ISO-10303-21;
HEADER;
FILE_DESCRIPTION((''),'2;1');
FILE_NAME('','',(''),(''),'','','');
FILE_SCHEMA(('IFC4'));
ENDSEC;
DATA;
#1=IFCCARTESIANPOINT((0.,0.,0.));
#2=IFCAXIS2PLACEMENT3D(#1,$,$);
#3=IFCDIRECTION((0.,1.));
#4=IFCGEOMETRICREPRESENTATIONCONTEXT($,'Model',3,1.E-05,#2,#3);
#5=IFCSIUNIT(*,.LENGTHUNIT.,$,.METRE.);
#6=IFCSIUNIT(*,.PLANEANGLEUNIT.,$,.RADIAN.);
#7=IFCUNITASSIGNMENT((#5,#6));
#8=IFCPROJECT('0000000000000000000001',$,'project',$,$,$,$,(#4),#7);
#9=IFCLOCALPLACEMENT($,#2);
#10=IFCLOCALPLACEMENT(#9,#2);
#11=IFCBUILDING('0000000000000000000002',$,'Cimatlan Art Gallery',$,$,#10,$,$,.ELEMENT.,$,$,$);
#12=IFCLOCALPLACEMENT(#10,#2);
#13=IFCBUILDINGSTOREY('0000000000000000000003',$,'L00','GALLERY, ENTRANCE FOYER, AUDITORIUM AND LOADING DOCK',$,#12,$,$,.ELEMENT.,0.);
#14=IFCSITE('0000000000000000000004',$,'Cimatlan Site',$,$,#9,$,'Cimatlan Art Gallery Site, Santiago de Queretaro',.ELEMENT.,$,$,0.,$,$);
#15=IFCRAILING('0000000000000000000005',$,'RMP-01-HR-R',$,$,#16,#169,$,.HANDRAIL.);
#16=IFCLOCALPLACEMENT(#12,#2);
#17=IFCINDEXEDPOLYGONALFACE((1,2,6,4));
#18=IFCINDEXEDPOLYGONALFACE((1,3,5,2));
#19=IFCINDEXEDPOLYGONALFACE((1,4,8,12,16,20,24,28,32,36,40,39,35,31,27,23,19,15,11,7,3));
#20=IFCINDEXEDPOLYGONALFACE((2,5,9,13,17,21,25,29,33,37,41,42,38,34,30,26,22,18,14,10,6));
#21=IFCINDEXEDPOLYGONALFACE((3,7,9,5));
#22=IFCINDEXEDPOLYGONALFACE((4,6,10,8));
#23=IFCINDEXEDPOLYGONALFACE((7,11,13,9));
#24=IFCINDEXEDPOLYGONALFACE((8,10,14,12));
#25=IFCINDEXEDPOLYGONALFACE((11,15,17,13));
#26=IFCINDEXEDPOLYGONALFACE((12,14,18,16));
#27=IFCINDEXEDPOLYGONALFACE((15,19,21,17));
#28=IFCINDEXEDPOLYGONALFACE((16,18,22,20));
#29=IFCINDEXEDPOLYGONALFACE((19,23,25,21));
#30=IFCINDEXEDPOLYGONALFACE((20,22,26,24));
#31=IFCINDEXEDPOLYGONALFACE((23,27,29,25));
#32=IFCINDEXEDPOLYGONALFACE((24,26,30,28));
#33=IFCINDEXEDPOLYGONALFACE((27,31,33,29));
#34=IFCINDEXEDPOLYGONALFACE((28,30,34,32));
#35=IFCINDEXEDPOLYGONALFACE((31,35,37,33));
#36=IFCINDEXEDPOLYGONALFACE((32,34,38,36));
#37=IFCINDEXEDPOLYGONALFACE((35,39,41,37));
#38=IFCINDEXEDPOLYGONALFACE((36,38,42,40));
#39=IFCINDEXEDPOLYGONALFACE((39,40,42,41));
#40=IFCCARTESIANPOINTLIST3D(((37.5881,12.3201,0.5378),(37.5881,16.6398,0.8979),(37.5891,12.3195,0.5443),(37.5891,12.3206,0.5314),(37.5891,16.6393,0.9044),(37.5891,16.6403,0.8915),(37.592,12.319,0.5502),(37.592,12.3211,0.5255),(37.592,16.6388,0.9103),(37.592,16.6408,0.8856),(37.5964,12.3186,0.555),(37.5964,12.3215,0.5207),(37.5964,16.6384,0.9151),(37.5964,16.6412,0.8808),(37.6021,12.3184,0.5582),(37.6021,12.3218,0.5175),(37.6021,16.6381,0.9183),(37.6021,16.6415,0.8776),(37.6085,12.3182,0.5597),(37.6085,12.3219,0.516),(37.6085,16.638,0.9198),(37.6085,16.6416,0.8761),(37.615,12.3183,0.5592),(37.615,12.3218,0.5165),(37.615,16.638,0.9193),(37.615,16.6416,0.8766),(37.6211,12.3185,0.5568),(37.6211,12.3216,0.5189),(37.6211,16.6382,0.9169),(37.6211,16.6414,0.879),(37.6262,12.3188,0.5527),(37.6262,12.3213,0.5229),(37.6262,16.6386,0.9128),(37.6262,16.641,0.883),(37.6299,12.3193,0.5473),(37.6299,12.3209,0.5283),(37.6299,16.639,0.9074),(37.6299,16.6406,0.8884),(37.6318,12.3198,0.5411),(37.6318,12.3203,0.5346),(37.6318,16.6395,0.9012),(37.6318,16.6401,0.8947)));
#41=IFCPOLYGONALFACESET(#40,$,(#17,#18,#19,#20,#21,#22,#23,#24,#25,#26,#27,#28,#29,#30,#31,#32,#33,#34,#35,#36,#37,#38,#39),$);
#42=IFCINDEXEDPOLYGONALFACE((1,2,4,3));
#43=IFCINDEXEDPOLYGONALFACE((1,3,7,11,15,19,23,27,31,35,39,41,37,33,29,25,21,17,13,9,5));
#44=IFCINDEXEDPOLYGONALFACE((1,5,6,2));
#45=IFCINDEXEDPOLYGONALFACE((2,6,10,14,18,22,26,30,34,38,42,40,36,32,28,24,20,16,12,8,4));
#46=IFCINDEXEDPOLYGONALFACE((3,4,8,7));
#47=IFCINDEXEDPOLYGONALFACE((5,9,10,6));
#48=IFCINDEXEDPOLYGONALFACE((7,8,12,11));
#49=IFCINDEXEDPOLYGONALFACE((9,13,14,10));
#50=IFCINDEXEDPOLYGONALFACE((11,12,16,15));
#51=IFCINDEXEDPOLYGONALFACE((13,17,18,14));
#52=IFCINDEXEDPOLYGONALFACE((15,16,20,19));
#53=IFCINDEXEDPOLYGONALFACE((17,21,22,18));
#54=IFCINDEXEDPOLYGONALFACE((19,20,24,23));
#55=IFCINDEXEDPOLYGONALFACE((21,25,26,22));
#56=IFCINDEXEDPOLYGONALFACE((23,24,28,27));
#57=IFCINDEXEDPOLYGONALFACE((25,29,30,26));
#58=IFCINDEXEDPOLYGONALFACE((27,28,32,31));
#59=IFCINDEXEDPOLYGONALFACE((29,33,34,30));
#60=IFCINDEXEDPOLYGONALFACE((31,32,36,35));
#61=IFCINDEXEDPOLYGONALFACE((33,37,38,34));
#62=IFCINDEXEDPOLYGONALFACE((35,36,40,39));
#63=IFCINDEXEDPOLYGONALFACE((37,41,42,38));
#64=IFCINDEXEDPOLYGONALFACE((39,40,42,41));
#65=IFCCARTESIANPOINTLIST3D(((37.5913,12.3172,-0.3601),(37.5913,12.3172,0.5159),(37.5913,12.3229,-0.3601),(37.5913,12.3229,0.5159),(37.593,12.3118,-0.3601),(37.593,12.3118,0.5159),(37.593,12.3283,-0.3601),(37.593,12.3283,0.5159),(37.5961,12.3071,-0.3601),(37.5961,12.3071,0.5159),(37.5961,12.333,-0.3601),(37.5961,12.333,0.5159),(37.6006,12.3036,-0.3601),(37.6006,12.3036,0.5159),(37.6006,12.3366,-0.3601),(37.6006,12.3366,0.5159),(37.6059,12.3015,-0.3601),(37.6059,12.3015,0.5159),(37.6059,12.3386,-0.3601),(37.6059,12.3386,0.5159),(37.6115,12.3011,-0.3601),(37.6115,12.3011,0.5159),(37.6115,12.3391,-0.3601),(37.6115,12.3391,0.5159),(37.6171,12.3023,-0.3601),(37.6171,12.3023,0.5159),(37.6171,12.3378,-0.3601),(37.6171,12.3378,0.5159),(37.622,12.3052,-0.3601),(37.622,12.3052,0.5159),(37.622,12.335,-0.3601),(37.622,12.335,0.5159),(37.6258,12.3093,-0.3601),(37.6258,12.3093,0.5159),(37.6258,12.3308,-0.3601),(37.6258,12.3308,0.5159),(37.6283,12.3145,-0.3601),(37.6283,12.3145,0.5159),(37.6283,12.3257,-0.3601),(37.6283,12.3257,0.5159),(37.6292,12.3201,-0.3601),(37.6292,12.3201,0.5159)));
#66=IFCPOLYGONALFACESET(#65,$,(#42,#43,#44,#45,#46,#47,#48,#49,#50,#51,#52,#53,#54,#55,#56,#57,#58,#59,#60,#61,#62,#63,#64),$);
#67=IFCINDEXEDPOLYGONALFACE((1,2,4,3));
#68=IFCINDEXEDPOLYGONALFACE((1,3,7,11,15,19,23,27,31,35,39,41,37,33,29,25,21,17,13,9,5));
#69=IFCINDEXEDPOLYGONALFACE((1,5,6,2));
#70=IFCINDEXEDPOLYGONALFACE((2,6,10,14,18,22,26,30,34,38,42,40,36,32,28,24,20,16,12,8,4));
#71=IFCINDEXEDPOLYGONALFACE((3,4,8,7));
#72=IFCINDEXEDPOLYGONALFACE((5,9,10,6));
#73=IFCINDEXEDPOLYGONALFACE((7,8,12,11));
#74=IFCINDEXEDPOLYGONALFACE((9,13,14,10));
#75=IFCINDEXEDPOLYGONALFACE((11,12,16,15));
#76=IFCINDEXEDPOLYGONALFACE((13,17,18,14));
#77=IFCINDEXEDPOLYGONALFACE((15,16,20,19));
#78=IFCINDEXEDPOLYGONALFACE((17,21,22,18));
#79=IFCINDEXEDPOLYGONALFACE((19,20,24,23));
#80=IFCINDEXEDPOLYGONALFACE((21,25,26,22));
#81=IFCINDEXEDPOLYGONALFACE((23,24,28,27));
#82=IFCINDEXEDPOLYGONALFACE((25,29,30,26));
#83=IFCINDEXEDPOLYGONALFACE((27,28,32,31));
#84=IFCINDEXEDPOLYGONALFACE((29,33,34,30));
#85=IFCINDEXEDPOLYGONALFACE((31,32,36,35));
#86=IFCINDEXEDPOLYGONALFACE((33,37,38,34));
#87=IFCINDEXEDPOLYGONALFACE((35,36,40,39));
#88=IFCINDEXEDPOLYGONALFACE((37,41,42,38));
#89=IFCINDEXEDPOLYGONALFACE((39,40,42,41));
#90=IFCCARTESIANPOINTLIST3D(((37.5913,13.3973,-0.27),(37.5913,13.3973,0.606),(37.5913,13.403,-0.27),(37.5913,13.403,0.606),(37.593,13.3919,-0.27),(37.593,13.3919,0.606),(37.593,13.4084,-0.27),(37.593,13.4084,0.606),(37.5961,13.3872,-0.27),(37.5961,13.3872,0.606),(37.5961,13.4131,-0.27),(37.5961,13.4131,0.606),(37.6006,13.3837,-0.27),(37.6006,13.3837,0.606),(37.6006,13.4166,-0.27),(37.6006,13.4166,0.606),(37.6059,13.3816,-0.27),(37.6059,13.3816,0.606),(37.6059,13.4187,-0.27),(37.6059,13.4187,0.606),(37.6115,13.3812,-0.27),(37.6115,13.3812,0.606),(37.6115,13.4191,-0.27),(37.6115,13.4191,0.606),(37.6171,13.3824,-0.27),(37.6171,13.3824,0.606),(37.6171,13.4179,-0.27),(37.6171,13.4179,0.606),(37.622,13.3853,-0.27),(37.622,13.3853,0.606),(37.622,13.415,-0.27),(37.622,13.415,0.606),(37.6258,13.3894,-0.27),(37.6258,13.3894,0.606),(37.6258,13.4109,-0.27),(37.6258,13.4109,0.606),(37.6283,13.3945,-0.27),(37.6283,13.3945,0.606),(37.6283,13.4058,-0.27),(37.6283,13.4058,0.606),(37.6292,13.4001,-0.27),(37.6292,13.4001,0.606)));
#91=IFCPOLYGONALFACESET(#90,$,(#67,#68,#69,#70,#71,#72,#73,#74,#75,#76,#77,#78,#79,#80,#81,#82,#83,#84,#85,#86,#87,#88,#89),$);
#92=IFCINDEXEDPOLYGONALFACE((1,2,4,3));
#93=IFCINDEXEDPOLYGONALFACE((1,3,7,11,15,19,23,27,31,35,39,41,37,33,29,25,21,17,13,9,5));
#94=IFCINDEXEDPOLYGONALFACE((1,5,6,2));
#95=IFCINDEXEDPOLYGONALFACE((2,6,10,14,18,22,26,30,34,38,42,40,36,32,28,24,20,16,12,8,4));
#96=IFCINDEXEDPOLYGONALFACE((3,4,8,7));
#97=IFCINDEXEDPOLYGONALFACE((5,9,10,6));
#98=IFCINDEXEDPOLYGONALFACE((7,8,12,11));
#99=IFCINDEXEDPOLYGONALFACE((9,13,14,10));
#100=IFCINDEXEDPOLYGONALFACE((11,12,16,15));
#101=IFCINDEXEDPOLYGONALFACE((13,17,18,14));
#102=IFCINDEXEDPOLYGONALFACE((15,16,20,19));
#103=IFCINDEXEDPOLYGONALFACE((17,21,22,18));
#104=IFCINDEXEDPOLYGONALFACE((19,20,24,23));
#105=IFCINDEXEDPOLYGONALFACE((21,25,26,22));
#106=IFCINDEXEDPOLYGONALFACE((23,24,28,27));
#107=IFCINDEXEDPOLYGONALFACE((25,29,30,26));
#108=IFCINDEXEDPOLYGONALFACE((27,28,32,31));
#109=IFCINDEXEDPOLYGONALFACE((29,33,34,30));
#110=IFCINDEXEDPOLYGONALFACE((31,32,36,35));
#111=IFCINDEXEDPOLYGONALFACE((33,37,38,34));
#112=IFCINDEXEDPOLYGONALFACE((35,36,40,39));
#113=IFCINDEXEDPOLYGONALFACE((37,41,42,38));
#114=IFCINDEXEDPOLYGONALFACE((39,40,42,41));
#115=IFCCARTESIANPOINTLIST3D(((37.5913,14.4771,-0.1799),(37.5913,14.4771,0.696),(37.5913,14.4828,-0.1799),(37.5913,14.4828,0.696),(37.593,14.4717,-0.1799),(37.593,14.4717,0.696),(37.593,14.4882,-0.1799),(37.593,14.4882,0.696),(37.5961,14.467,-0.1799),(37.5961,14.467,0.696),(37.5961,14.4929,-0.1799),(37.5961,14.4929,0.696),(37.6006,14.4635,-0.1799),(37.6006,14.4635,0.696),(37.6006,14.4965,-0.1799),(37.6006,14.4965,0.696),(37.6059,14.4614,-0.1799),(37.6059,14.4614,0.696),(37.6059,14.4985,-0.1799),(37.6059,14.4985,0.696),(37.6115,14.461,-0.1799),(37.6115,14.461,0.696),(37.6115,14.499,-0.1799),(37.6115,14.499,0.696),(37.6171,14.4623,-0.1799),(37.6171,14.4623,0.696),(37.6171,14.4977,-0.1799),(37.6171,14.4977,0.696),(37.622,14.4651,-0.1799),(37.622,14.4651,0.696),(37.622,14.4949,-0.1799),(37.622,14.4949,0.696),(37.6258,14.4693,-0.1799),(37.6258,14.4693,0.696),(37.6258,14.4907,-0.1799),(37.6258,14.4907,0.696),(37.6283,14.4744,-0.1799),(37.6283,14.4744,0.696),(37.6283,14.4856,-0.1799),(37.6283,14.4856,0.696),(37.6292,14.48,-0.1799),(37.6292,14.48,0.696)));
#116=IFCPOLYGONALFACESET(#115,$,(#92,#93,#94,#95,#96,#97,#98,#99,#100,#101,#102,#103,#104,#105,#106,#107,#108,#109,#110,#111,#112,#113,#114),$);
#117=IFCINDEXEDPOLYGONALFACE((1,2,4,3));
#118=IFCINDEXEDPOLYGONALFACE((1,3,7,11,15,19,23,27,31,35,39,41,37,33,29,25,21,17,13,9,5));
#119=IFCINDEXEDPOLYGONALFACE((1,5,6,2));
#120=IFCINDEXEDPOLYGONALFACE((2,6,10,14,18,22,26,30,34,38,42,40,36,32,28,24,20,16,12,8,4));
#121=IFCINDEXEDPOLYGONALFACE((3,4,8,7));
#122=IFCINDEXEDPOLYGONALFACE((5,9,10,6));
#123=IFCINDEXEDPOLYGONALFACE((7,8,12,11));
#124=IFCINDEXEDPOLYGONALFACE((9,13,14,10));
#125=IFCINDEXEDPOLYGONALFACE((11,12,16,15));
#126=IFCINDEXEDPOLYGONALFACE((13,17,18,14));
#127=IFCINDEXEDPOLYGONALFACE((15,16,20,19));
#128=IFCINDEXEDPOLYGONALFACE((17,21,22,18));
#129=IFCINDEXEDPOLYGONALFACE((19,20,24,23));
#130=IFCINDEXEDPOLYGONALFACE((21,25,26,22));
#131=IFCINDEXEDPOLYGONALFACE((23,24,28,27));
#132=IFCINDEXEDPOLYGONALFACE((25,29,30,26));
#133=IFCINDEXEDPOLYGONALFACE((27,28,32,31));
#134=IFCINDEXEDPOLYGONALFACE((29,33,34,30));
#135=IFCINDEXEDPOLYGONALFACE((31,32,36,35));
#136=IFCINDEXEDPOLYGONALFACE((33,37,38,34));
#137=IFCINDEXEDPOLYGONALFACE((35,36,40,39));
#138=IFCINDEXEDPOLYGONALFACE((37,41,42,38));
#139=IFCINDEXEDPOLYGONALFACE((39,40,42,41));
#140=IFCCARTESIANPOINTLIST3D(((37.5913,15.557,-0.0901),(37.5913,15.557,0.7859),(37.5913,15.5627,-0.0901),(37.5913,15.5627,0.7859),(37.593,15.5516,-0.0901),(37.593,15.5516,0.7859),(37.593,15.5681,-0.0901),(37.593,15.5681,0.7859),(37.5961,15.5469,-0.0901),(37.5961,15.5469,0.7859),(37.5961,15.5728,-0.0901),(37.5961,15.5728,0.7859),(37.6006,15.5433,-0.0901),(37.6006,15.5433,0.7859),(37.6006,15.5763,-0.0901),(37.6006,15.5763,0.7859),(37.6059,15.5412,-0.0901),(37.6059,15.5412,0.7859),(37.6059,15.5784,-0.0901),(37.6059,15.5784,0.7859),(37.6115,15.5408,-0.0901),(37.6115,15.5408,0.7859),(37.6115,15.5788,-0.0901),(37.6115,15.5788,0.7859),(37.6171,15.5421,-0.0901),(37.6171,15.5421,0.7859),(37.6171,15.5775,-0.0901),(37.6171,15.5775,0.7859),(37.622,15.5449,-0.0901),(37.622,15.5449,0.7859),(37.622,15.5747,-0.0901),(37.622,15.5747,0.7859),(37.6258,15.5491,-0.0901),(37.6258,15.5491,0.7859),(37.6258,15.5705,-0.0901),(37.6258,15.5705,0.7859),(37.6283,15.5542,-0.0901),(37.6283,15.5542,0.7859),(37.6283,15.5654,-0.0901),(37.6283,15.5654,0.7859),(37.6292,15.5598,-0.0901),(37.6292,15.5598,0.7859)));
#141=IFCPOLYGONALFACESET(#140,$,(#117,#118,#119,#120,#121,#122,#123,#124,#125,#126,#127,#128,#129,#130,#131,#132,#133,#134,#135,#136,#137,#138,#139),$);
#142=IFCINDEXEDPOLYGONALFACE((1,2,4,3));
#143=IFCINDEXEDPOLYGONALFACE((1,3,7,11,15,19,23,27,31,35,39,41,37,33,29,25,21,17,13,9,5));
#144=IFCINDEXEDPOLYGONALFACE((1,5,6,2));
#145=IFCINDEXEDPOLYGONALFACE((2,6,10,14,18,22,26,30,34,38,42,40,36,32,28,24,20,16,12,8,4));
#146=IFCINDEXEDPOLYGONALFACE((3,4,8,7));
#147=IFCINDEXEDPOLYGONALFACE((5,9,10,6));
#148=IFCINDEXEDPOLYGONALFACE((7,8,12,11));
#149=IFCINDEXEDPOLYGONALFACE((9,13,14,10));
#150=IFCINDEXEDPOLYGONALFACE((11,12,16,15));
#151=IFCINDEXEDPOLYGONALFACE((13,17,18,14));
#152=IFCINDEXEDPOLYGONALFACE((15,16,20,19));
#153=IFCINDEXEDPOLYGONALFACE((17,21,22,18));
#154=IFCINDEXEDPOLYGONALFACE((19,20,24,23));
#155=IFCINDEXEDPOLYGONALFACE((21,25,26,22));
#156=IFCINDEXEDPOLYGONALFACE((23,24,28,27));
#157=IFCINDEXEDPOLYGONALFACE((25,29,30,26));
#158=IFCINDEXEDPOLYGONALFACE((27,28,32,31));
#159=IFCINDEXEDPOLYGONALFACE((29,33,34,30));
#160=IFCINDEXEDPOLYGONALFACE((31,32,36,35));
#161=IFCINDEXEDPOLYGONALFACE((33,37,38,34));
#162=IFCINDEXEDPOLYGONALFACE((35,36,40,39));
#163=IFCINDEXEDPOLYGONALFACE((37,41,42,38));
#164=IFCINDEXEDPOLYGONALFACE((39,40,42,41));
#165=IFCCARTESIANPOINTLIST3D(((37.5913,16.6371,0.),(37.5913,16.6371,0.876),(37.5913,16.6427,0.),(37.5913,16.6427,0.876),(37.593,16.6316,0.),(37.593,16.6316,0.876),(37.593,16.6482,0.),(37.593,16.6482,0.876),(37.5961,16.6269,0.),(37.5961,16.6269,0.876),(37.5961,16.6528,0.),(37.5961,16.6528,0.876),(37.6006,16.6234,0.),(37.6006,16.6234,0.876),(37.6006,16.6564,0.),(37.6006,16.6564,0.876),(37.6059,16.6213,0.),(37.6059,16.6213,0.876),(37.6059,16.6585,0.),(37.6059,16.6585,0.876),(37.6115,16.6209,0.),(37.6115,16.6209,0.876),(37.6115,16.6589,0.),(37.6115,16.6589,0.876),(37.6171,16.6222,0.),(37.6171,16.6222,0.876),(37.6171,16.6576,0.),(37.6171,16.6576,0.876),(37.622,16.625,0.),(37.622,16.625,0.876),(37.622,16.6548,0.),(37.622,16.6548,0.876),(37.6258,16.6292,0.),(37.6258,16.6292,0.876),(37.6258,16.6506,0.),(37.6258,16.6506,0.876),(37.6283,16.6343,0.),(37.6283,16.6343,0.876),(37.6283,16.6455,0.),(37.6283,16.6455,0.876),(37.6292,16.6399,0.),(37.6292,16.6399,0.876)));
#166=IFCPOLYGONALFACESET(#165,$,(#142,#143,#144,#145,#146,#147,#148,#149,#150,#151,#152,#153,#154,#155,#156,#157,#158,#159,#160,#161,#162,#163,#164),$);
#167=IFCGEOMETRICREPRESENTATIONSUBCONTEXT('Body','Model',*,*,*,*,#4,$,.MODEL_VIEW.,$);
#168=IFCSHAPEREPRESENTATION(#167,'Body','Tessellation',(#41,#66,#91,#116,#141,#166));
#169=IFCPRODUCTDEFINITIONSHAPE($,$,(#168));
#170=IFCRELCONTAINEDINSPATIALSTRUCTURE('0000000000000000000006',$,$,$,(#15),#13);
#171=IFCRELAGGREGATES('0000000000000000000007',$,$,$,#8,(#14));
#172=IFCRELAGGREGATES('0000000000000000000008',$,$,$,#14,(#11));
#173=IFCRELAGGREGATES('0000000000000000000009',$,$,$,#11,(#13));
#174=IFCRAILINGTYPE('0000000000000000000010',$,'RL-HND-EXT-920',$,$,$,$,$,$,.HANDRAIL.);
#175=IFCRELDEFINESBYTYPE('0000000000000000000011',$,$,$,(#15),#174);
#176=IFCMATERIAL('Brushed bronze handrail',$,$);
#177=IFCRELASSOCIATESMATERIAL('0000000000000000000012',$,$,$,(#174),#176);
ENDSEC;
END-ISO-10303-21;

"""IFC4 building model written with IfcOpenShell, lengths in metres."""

from ifc_helpers import new_model, si_unit, direction, frame, origin, origin_2d, place, context, subcontext, project, spatial, circle, extrude, material, type_object, element, save


model = new_model("IFC4")

# Units and contexts
model_context = context("Model", 3, precision=1e-05, world=origin(), true_north=direction((0.0, 1.0)))
body_context = subcontext(model_context, "Body", "Model", "MODEL_VIEW")
ifc_project = project(units=[si_unit("LENGTHUNIT", "METRE"), si_unit("PLANEANGLEUNIT", "RADIAN")], contexts=[model_context])

# Site, building, storey
site_placement = place(None, origin())
site = spatial("IfcSite", under=ifc_project, at=site_placement, Name="Cimatlan Site", LongName="Cimatlan Art Gallery Site, Santiago de Queretaro", CompositionType="ELEMENT", RefElevation=0.0)
building_placement = place(site_placement, origin())
building = spatial("IfcBuilding", under=site, at=building_placement, Name="Cimatlan Art Gallery", CompositionType="ELEMENT")
storey_placement = place(building_placement, origin())
storey = spatial("IfcBuildingStorey", under=building, at=storey_placement, Name="L00", Description="GALLERY, ENTRANCE FOYER, AUDITORIUM AND LOADING DOCK", CompositionType="ELEMENT", Elevation=0.0)

# Railing
ifc_material_1 = material(Name="Brushed bronze handrail")
railing_type = type_object("IfcRailingType", Name="RL-HND-EXT-920", PredefinedType="HANDRAIL", material=ifc_material_1)
for number, where, name in (
    (1, (37.6101, 12.3201, -0.3601), "RMP-01-HR-R"),
):
    element("IfcRailing", number, at=place(storey_placement, frame(where)), inside=storey, type_object=railing_type, Name=name, PredefinedType="HANDRAIL", context=body_context, shape_type="SweptSolid", body=[
        extrude(circle(Radius=0.022, at=origin_2d()), frame((0.0, 0.0, 0.8979), z_axis=(0.0, 0.996543, 0.083073), x_axis=(-1.0, 0.0, 0.0)), (0.0, 0.0, 1.0), 4.3347),
        extrude(circle(Radius=0.019, at=origin_2d()), origin(), (0.0, 0.0, 1.0), 0.876),
        extrude(circle(Radius=0.019, at=origin_2d()), frame((0.0, 1.0801, 0.0901)), (0.0, 0.0, 1.0), 0.876),
        extrude(circle(Radius=0.019, at=origin_2d()), frame((0.0, 2.1599, 0.1802)), (0.0, 0.0, 1.0), 0.876),
        extrude(circle(Radius=0.019, at=origin_2d()), frame((0.0, 3.2397, 0.27)), (0.0, 0.0, 1.0), 0.876),
        extrude(circle(Radius=0.019, at=origin_2d()), frame((0.0, 4.3198, 0.3601)), (0.0, 0.0, 1.0), 0.876),
    ])

save(model, "model.ifc")
